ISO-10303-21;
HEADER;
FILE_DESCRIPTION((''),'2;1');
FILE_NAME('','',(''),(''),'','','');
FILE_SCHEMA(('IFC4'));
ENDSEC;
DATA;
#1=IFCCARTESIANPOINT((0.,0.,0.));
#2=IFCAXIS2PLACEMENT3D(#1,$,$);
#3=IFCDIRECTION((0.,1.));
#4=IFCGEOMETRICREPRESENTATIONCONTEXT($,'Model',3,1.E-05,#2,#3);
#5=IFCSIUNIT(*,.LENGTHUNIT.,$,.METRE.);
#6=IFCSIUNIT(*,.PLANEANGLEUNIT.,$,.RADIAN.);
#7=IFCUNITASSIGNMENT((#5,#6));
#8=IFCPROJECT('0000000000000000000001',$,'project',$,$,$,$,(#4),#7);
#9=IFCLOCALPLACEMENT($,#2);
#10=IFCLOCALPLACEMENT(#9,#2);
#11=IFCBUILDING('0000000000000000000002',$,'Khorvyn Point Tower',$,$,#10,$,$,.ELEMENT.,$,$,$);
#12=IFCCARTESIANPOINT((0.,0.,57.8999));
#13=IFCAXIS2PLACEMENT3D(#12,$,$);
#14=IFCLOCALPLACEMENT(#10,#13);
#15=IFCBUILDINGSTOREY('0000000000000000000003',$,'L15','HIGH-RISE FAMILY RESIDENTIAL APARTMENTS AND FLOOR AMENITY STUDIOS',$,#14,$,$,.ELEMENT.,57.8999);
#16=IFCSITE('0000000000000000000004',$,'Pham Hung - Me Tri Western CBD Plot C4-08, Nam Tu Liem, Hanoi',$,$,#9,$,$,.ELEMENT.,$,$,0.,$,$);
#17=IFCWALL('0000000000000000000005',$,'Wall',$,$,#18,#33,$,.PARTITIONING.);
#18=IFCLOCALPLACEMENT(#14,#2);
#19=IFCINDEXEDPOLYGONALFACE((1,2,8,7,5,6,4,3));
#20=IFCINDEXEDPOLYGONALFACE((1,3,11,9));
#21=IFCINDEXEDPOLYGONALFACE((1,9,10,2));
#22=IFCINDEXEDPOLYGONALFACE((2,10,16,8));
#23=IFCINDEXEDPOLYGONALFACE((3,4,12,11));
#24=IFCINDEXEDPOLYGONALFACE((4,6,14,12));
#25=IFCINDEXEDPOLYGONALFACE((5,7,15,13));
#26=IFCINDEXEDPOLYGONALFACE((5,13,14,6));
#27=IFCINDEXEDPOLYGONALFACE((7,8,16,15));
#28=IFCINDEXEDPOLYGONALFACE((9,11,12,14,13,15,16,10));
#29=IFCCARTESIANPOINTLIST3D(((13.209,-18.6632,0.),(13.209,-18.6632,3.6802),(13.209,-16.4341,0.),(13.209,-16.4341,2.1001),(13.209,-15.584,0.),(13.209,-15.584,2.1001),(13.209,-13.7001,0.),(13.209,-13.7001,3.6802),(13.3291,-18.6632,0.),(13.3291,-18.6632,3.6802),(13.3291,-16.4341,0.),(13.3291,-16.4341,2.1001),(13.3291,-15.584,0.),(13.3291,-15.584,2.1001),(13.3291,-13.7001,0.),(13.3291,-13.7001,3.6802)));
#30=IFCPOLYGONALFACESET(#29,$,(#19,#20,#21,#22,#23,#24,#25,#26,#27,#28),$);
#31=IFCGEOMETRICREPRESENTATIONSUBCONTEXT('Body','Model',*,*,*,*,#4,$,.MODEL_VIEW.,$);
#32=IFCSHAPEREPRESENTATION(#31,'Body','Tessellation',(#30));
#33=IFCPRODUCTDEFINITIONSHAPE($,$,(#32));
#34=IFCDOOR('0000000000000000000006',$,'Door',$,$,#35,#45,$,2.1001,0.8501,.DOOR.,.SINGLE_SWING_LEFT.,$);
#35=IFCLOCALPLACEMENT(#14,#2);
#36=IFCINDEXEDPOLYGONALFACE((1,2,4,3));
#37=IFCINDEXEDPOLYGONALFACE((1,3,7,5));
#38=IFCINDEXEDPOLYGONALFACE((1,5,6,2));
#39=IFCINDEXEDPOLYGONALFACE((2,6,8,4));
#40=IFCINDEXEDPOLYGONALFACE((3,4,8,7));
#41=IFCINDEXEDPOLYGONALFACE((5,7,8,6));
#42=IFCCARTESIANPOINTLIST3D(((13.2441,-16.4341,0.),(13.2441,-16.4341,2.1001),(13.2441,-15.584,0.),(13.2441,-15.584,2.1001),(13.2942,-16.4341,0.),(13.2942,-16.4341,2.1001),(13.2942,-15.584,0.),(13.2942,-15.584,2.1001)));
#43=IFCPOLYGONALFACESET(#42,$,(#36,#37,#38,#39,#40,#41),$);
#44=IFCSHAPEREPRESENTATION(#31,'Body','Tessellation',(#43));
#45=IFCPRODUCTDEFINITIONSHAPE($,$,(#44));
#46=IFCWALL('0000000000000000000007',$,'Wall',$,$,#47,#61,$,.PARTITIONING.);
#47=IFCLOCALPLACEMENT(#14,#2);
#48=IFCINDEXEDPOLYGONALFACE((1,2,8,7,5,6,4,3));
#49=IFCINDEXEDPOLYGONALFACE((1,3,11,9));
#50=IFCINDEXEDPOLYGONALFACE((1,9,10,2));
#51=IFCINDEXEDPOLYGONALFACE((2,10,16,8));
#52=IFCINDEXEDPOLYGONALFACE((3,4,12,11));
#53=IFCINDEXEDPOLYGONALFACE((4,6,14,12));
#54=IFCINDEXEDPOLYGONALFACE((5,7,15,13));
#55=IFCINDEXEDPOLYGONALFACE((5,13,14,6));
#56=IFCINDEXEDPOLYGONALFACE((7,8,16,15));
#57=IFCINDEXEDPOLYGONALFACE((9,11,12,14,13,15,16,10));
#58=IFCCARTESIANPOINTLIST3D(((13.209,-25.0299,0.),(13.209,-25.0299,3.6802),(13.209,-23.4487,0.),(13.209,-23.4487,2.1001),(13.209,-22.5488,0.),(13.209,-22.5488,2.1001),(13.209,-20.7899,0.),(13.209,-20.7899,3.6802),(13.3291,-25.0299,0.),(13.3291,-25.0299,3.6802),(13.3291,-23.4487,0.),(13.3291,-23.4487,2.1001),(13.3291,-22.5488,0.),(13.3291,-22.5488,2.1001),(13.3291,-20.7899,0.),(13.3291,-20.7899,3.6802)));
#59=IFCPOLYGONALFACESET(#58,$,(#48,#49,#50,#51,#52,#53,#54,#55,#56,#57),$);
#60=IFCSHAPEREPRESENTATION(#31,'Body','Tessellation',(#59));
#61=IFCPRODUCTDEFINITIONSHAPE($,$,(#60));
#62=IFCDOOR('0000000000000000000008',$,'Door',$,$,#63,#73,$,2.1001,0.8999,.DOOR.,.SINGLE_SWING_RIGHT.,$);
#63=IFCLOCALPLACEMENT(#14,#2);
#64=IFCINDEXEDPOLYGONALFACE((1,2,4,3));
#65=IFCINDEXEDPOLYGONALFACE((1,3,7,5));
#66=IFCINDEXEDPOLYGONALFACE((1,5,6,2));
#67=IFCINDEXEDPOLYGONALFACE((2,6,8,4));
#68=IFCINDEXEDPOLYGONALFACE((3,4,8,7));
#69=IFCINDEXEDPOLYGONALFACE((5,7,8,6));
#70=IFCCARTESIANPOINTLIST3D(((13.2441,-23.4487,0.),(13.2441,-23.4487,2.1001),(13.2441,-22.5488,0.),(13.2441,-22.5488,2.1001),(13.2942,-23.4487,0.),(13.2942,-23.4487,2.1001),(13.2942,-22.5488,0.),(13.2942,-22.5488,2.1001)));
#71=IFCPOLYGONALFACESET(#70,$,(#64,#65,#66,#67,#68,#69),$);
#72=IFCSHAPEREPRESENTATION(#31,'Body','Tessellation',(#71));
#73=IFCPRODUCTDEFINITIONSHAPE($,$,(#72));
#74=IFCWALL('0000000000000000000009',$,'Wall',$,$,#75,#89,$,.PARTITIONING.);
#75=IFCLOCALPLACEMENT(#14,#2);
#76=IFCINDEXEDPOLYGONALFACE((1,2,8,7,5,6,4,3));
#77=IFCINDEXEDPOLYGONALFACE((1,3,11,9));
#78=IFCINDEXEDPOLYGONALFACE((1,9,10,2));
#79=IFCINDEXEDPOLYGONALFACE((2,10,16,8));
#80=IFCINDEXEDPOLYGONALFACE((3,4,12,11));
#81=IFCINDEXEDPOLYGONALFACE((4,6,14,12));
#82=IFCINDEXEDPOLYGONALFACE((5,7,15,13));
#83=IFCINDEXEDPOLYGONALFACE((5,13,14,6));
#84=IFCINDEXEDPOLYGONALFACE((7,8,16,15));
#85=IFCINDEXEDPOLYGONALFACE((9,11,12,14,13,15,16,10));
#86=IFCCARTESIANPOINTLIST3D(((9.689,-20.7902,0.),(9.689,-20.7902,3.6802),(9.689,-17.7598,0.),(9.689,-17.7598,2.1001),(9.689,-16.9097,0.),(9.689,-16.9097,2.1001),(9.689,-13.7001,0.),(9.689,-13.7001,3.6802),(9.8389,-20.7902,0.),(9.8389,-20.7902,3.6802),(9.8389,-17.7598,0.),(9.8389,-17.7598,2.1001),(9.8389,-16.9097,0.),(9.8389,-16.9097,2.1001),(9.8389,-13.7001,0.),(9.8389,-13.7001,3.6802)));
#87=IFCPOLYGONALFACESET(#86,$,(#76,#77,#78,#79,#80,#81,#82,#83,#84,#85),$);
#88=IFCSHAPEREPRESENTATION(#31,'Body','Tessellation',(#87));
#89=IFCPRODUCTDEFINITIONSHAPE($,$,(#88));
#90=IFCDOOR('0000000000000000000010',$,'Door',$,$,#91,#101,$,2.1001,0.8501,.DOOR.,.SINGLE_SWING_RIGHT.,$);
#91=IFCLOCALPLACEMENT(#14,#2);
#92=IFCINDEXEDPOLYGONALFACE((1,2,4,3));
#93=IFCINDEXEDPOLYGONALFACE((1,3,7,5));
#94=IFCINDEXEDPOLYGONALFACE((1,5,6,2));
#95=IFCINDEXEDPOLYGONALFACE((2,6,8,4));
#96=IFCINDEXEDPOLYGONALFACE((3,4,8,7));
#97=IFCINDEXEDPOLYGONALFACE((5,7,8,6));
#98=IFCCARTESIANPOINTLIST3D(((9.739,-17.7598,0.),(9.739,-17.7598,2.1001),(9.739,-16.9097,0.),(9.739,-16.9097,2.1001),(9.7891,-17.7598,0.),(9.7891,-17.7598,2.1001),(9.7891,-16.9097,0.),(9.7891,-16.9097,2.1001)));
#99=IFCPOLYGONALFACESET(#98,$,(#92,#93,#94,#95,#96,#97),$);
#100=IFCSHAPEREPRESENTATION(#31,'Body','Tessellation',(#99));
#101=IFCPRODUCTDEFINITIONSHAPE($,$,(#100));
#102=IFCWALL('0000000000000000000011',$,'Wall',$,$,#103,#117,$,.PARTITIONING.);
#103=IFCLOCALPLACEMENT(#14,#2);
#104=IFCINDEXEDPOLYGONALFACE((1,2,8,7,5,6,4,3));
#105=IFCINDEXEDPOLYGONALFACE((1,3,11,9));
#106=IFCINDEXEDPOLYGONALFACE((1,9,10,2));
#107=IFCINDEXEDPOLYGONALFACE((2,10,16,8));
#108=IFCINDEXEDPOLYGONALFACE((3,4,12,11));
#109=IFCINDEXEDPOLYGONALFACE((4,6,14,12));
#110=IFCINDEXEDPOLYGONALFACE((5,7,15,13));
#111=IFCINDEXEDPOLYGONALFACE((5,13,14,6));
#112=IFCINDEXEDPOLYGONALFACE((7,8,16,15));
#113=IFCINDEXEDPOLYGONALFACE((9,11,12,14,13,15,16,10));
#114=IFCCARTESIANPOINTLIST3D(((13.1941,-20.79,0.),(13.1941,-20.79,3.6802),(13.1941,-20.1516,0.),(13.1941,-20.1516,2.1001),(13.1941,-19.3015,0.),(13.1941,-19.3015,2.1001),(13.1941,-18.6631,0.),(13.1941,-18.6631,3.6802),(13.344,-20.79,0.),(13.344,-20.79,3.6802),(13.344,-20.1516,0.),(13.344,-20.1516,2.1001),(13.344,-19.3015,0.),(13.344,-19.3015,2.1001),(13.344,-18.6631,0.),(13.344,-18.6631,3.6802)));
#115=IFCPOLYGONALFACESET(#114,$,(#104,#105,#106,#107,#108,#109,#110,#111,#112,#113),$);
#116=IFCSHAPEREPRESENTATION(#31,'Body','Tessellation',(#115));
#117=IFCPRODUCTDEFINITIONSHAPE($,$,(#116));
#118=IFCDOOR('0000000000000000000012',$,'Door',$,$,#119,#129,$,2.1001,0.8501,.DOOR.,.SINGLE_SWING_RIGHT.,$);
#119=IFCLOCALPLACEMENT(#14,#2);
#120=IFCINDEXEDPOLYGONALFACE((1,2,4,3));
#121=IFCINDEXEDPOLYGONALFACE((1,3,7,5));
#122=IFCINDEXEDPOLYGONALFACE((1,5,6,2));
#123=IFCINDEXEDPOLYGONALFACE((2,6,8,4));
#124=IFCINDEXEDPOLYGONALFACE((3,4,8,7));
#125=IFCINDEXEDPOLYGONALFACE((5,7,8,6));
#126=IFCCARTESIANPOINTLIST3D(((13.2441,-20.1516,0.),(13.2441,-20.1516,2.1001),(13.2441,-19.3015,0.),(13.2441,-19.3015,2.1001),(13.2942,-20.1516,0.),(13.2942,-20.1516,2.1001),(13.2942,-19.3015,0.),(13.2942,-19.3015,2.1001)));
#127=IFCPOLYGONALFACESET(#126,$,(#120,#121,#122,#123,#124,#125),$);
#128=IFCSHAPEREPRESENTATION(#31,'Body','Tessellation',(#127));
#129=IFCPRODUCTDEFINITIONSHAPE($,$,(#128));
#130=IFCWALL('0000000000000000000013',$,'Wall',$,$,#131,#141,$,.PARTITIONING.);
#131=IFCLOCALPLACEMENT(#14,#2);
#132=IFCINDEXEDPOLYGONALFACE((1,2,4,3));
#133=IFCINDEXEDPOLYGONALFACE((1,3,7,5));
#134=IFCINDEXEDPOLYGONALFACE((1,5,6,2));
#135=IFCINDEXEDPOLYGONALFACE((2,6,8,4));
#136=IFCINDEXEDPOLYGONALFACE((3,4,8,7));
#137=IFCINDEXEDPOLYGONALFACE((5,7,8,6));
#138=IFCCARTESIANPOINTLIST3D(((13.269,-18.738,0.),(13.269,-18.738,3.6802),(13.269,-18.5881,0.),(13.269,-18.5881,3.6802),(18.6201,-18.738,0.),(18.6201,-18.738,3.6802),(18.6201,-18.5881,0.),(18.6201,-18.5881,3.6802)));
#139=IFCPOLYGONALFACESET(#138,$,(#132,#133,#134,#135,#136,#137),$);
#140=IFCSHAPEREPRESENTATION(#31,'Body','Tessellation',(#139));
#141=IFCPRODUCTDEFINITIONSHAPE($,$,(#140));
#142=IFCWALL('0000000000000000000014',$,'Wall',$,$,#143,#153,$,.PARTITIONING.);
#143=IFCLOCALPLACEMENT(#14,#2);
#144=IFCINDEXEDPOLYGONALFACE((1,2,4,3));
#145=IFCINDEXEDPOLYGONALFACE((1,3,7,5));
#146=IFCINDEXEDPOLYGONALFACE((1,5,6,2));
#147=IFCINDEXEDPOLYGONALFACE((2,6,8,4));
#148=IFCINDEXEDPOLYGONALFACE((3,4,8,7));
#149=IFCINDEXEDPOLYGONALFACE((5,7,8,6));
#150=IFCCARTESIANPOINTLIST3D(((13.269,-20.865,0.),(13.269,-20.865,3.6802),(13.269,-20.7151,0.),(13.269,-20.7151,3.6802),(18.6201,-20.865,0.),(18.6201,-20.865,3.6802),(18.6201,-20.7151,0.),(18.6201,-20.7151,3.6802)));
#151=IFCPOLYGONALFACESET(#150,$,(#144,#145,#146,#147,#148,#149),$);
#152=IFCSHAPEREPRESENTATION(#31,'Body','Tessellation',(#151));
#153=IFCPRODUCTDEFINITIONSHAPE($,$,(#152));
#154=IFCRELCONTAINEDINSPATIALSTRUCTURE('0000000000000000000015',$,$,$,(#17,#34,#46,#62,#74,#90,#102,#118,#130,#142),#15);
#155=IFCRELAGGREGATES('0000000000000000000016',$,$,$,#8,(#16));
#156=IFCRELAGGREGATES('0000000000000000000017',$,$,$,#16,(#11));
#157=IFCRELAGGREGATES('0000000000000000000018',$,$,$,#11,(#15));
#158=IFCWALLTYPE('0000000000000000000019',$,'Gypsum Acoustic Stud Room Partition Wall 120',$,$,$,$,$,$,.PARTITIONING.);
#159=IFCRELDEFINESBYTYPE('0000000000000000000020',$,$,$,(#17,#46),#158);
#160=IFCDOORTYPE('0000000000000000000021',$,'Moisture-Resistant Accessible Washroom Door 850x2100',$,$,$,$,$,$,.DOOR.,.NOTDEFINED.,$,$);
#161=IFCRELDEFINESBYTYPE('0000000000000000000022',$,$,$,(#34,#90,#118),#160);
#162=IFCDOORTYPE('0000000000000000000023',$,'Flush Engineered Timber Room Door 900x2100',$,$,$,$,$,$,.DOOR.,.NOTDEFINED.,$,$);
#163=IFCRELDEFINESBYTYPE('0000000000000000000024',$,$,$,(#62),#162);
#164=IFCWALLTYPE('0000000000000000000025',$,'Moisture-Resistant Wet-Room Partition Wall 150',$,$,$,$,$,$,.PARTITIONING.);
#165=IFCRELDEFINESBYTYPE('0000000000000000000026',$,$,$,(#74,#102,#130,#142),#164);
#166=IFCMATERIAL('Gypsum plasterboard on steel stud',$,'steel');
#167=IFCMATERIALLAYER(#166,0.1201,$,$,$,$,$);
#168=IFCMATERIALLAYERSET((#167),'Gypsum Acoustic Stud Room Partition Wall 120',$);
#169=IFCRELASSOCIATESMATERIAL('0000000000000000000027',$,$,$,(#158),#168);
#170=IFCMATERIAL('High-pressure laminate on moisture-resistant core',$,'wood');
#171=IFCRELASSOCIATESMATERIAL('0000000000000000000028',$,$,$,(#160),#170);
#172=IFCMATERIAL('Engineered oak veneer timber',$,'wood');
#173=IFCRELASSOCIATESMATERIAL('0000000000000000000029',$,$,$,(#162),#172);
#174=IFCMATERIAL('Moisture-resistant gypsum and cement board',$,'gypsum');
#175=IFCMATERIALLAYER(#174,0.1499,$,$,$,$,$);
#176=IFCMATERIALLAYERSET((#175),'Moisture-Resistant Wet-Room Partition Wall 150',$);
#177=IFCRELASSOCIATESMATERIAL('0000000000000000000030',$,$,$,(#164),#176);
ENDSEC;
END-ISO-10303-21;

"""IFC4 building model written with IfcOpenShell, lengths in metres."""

from ifc_helpers import new_model, si_unit, direction, frame, frame_2d, origin, place, context, subcontext, project, spatial, rectangle, extrude, material, layer, layer_set, type_object, element, fill, save


model = new_model("IFC4")

# Units and contexts
model_context = context("Model", 3, precision=1e-05, world=origin(), true_north=direction((0.0, 1.0)))
body_context = subcontext(model_context, "Body", "Model", "MODEL_VIEW")
ifc_project = project(units=[si_unit("LENGTHUNIT", "METRE"), si_unit("PLANEANGLEUNIT", "RADIAN")], contexts=[model_context])

# Site, building, storey
site_placement = place(None, origin())
site = spatial("IfcSite", under=ifc_project, at=site_placement, Name="Pham Hung - Me Tri Western CBD Plot C4-08, Nam Tu Liem, Hanoi", CompositionType="ELEMENT", RefElevation=0.0)
building_placement = place(site_placement, origin())
building = spatial("IfcBuilding", under=site, at=building_placement, Name="Khorvyn Point Tower", CompositionType="ELEMENT")
storey_placement = place(building_placement, frame((0.0, 0.0, 57.8999)))
storey = spatial("IfcBuildingStorey", under=building, at=storey_placement, Name="L15", Description="HIGH-RISE FAMILY RESIDENTIAL APARTMENTS AND FLOOR AMENITY STUDIOS", CompositionType="ELEMENT", Elevation=57.8999)

# Walls, openings, doors
ifc_material_1 = material(Name="Gypsum plasterboard on steel stud", Category="steel")
ifc_layer_1 = layer(ifc_material_1, 0.1201)
ifc_layer_set_1 = layer_set([ifc_layer_1], Name="Gypsum Acoustic Stud Room Partition Wall 120")
wall_type_1 = type_object("IfcWallType", Name="Gypsum Acoustic Stud Room Partition Wall 120", PredefinedType="PARTITIONING", material=ifc_layer_set_1)
wall_1_placement = place(storey_placement, frame((13.269, -18.6631, 0.0), z_axis=(0.0, 0.0, 1.0), x_axis=(0.0, 1.0, 0.0)))
wall_1 = element("IfcWall", 1, at=wall_1_placement, inside=storey, type_object=wall_type_1, Name="Wall", PredefinedType="PARTITIONING", context=body_context, shape_type="SweptSolid", body=[
    extrude(rectangle(XDim=4.9631, YDim=0.1201, at=frame_2d((2.4814, 0.0))), origin(), (0.0, 0.0, 1.0), 3.6802),
])
opening_1_placement = place(wall_1_placement, frame((2.229, 0.0, 0.0)))
opening_1 = element("IfcOpeningElement", 2, at=opening_1_placement, cuts=wall_1, PredefinedType="OPENING", context=body_context, shape_type="SweptSolid", body=[
    extrude(rectangle(XDim=0.8501, YDim=2.1001, at=frame_2d((0.425, 1.05))), frame((0.0, 0.0701, 0.0), z_axis=(0.0, -1.0, 0.0), x_axis=(1.0, 0.0, 0.0)), (0.0, 0.0, 1.0), 0.1401),
])
ifc_material_2 = material(Name="High-pressure laminate on moisture-resistant core", Category="wood")
door_type_1 = type_object("IfcDoorType", Name="Moisture-Resistant Accessible Washroom Door 850x2100", OperationType="NOTDEFINED", PredefinedType="DOOR", material=ifc_material_2)
door_1_placement = place(opening_1_placement, origin())
door_1 = element("IfcDoor", 3, at=door_1_placement, inside=storey, type_object=door_type_1, Name="Door", OperationType="SINGLE_SWING_LEFT", OverallHeight=2.1001, OverallWidth=0.8501, PredefinedType="DOOR", context=body_context, shape_type="SweptSolid", body=[
    extrude(rectangle(XDim=0.8501, YDim=2.1001, at=frame_2d((0.425, 1.05))), frame((0.0, 0.0249, 0.0), z_axis=(0.0, -1.0, 0.0), x_axis=(1.0, 0.0, 0.0)), (0.0, 0.0, 1.0), 0.05),
])
fill(opening_1, door_1)
wall_2_placement = place(storey_placement, frame((13.269, -25.03, 0.0), z_axis=(0.0, 0.0, 1.0), x_axis=(0.0, 1.0, 0.0)))
wall_2 = element("IfcWall", 4, at=wall_2_placement, inside=storey, type_object=wall_type_1, Name="Wall", PredefinedType="PARTITIONING", context=body_context, shape_type="SweptSolid", body=[
    extrude(rectangle(XDim=4.24, YDim=0.1201, at=frame_2d((2.1201, 0.0))), origin(), (0.0, 0.0, 1.0), 3.6802),
])
opening_2_placement = place(wall_2_placement, frame((1.5813, 0.0, 0.0)))
opening_2 = element("IfcOpeningElement", 5, at=opening_2_placement, cuts=wall_2, PredefinedType="OPENING", context=body_context, shape_type="SweptSolid", body=[
    extrude(rectangle(XDim=0.8999, YDim=2.1001, at=frame_2d((0.45, 1.05))), frame((0.0, 0.0701, 0.0), z_axis=(0.0, -1.0, 0.0), x_axis=(1.0, 0.0, 0.0)), (0.0, 0.0, 1.0), 0.1401),
])
ifc_material_3 = material(Name="Engineered oak veneer timber", Category="wood")
door_type_2 = type_object("IfcDoorType", Name="Flush Engineered Timber Room Door 900x2100", OperationType="NOTDEFINED", PredefinedType="DOOR", material=ifc_material_3)
door_2_placement = place(opening_2_placement, origin())
door_2 = element("IfcDoor", 6, at=door_2_placement, inside=storey, type_object=door_type_2, Name="Door", OperationType="SINGLE_SWING_RIGHT", OverallHeight=2.1001, OverallWidth=0.8999, PredefinedType="DOOR", context=body_context, shape_type="SweptSolid", body=[
    extrude(rectangle(XDim=0.8999, YDim=2.1001, at=frame_2d((0.45, 1.05))), frame((0.0, 0.0249, 0.0), z_axis=(0.0, -1.0, 0.0), x_axis=(1.0, 0.0, 0.0)), (0.0, 0.0, 1.0), 0.05),
])
fill(opening_2, door_2)
ifc_material_4 = material(Name="Moisture-resistant gypsum and cement board", Category="gypsum")
ifc_layer_2 = layer(ifc_material_4, 0.1499)
ifc_layer_set_2 = layer_set([ifc_layer_2], Name="Moisture-Resistant Wet-Room Partition Wall 150")
wall_type_2 = type_object("IfcWallType", Name="Moisture-Resistant Wet-Room Partition Wall 150", PredefinedType="PARTITIONING", material=ifc_layer_set_2)
wall_3_placement = place(storey_placement, frame((9.7639, -20.79, 0.0), z_axis=(0.0, 0.0, 1.0), x_axis=(0.0, 1.0, 0.0)))
wall_3 = element("IfcWall", 7, at=wall_3_placement, inside=storey, type_object=wall_type_2, Name="Wall", PredefinedType="PARTITIONING", context=body_context, shape_type="SweptSolid", body=[
    extrude(rectangle(XDim=7.0901, YDim=0.1499, at=frame_2d((3.5449, 0.0))), origin(), (0.0, 0.0, 1.0), 3.6802),
])
opening_3_placement = place(wall_3_placement, frame((3.0303, 0.0, 0.0)))
opening_3 = element("IfcOpeningElement", 8, at=opening_3_placement, cuts=wall_3, PredefinedType="OPENING", context=body_context, shape_type="SweptSolid", body=[
    extrude(rectangle(XDim=0.8501, YDim=2.1001, at=frame_2d((0.425, 1.05))), frame((0.0, 0.085, 0.0), z_axis=(0.0, -1.0, 0.0), x_axis=(1.0, 0.0, 0.0)), (0.0, 0.0, 1.0), 0.1699),
])
door_3_placement = place(opening_3_placement, origin())
door_3 = element("IfcDoor", 9, at=door_3_placement, inside=storey, type_object=door_type_1, Name="Door", OperationType="SINGLE_SWING_RIGHT", OverallHeight=2.1001, OverallWidth=0.8501, PredefinedType="DOOR", context=body_context, shape_type="SweptSolid", body=[
    extrude(rectangle(XDim=0.8501, YDim=2.1001, at=frame_2d((0.425, 1.05))), frame((0.0, 0.0249, 0.0), z_axis=(0.0, -1.0, 0.0), x_axis=(1.0, 0.0, 0.0)), (0.0, 0.0, 1.0), 0.05),
])
fill(opening_3, door_3)
wall_4_placement = place(storey_placement, frame((13.269, -20.79, 0.0), z_axis=(0.0, 0.0, 1.0), x_axis=(0.0, 1.0, 0.0)))
wall_4 = element("IfcWall", 10, at=wall_4_placement, inside=storey, type_object=wall_type_2, Name="Wall", PredefinedType="PARTITIONING", context=body_context, shape_type="SweptSolid", body=[
    extrude(rectangle(XDim=2.127, YDim=0.1499, at=frame_2d((1.0635, 0.0))), origin(), (0.0, 0.0, 1.0), 3.6802),
])
opening_4_placement = place(wall_4_placement, frame((0.6384, 0.0, 0.0)))
opening_4 = element("IfcOpeningElement", 11, at=opening_4_placement, cuts=wall_4, PredefinedType="OPENING", context=body_context, shape_type="SweptSolid", body=[
    extrude(rectangle(XDim=0.8501, YDim=2.1001, at=frame_2d((0.425, 1.05))), frame((0.0, 0.085, 0.0), z_axis=(0.0, -1.0, 0.0), x_axis=(1.0, 0.0, 0.0)), (0.0, 0.0, 1.0), 0.1699),
])
door_4_placement = place(opening_4_placement, origin())
door_4 = element("IfcDoor", 12, at=door_4_placement, inside=storey, type_object=door_type_1, Name="Door", OperationType="SINGLE_SWING_RIGHT", OverallHeight=2.1001, OverallWidth=0.8501, PredefinedType="DOOR", context=body_context, shape_type="SweptSolid", body=[
    extrude(rectangle(XDim=0.8501, YDim=2.1001, at=frame_2d((0.425, 1.05))), frame((0.0, 0.0249, 0.0), z_axis=(0.0, -1.0, 0.0), x_axis=(1.0, 0.0, 0.0)), (0.0, 0.0, 1.0), 0.05),
])
fill(opening_4, door_4)

# Walls
for number, where, z_axis, x_axis, name in (
    (13, (13.269, -18.6631, 0.0), (0.0, 0.0, 1.0), (1.0, 0.0, 0.0), "Wall"),
    (14, (13.269, -20.79, 0.0), (0.0, 0.0, 1.0), (1.0, 0.0, 0.0), "Wall"),
):
    element("IfcWall", number, at=place(storey_placement, frame(where, z_axis=z_axis, x_axis=x_axis)), inside=storey, type_object=wall_type_2, Name=name, PredefinedType="PARTITIONING", context=body_context, shape_type="SweptSolid", body=[
        extrude(rectangle(XDim=5.3511, YDim=0.1499, at=frame_2d((2.6755, 0.0))), origin(), (0.0, 0.0, 1.0), 3.6802),
    ])

save(model, "model.ifc")
